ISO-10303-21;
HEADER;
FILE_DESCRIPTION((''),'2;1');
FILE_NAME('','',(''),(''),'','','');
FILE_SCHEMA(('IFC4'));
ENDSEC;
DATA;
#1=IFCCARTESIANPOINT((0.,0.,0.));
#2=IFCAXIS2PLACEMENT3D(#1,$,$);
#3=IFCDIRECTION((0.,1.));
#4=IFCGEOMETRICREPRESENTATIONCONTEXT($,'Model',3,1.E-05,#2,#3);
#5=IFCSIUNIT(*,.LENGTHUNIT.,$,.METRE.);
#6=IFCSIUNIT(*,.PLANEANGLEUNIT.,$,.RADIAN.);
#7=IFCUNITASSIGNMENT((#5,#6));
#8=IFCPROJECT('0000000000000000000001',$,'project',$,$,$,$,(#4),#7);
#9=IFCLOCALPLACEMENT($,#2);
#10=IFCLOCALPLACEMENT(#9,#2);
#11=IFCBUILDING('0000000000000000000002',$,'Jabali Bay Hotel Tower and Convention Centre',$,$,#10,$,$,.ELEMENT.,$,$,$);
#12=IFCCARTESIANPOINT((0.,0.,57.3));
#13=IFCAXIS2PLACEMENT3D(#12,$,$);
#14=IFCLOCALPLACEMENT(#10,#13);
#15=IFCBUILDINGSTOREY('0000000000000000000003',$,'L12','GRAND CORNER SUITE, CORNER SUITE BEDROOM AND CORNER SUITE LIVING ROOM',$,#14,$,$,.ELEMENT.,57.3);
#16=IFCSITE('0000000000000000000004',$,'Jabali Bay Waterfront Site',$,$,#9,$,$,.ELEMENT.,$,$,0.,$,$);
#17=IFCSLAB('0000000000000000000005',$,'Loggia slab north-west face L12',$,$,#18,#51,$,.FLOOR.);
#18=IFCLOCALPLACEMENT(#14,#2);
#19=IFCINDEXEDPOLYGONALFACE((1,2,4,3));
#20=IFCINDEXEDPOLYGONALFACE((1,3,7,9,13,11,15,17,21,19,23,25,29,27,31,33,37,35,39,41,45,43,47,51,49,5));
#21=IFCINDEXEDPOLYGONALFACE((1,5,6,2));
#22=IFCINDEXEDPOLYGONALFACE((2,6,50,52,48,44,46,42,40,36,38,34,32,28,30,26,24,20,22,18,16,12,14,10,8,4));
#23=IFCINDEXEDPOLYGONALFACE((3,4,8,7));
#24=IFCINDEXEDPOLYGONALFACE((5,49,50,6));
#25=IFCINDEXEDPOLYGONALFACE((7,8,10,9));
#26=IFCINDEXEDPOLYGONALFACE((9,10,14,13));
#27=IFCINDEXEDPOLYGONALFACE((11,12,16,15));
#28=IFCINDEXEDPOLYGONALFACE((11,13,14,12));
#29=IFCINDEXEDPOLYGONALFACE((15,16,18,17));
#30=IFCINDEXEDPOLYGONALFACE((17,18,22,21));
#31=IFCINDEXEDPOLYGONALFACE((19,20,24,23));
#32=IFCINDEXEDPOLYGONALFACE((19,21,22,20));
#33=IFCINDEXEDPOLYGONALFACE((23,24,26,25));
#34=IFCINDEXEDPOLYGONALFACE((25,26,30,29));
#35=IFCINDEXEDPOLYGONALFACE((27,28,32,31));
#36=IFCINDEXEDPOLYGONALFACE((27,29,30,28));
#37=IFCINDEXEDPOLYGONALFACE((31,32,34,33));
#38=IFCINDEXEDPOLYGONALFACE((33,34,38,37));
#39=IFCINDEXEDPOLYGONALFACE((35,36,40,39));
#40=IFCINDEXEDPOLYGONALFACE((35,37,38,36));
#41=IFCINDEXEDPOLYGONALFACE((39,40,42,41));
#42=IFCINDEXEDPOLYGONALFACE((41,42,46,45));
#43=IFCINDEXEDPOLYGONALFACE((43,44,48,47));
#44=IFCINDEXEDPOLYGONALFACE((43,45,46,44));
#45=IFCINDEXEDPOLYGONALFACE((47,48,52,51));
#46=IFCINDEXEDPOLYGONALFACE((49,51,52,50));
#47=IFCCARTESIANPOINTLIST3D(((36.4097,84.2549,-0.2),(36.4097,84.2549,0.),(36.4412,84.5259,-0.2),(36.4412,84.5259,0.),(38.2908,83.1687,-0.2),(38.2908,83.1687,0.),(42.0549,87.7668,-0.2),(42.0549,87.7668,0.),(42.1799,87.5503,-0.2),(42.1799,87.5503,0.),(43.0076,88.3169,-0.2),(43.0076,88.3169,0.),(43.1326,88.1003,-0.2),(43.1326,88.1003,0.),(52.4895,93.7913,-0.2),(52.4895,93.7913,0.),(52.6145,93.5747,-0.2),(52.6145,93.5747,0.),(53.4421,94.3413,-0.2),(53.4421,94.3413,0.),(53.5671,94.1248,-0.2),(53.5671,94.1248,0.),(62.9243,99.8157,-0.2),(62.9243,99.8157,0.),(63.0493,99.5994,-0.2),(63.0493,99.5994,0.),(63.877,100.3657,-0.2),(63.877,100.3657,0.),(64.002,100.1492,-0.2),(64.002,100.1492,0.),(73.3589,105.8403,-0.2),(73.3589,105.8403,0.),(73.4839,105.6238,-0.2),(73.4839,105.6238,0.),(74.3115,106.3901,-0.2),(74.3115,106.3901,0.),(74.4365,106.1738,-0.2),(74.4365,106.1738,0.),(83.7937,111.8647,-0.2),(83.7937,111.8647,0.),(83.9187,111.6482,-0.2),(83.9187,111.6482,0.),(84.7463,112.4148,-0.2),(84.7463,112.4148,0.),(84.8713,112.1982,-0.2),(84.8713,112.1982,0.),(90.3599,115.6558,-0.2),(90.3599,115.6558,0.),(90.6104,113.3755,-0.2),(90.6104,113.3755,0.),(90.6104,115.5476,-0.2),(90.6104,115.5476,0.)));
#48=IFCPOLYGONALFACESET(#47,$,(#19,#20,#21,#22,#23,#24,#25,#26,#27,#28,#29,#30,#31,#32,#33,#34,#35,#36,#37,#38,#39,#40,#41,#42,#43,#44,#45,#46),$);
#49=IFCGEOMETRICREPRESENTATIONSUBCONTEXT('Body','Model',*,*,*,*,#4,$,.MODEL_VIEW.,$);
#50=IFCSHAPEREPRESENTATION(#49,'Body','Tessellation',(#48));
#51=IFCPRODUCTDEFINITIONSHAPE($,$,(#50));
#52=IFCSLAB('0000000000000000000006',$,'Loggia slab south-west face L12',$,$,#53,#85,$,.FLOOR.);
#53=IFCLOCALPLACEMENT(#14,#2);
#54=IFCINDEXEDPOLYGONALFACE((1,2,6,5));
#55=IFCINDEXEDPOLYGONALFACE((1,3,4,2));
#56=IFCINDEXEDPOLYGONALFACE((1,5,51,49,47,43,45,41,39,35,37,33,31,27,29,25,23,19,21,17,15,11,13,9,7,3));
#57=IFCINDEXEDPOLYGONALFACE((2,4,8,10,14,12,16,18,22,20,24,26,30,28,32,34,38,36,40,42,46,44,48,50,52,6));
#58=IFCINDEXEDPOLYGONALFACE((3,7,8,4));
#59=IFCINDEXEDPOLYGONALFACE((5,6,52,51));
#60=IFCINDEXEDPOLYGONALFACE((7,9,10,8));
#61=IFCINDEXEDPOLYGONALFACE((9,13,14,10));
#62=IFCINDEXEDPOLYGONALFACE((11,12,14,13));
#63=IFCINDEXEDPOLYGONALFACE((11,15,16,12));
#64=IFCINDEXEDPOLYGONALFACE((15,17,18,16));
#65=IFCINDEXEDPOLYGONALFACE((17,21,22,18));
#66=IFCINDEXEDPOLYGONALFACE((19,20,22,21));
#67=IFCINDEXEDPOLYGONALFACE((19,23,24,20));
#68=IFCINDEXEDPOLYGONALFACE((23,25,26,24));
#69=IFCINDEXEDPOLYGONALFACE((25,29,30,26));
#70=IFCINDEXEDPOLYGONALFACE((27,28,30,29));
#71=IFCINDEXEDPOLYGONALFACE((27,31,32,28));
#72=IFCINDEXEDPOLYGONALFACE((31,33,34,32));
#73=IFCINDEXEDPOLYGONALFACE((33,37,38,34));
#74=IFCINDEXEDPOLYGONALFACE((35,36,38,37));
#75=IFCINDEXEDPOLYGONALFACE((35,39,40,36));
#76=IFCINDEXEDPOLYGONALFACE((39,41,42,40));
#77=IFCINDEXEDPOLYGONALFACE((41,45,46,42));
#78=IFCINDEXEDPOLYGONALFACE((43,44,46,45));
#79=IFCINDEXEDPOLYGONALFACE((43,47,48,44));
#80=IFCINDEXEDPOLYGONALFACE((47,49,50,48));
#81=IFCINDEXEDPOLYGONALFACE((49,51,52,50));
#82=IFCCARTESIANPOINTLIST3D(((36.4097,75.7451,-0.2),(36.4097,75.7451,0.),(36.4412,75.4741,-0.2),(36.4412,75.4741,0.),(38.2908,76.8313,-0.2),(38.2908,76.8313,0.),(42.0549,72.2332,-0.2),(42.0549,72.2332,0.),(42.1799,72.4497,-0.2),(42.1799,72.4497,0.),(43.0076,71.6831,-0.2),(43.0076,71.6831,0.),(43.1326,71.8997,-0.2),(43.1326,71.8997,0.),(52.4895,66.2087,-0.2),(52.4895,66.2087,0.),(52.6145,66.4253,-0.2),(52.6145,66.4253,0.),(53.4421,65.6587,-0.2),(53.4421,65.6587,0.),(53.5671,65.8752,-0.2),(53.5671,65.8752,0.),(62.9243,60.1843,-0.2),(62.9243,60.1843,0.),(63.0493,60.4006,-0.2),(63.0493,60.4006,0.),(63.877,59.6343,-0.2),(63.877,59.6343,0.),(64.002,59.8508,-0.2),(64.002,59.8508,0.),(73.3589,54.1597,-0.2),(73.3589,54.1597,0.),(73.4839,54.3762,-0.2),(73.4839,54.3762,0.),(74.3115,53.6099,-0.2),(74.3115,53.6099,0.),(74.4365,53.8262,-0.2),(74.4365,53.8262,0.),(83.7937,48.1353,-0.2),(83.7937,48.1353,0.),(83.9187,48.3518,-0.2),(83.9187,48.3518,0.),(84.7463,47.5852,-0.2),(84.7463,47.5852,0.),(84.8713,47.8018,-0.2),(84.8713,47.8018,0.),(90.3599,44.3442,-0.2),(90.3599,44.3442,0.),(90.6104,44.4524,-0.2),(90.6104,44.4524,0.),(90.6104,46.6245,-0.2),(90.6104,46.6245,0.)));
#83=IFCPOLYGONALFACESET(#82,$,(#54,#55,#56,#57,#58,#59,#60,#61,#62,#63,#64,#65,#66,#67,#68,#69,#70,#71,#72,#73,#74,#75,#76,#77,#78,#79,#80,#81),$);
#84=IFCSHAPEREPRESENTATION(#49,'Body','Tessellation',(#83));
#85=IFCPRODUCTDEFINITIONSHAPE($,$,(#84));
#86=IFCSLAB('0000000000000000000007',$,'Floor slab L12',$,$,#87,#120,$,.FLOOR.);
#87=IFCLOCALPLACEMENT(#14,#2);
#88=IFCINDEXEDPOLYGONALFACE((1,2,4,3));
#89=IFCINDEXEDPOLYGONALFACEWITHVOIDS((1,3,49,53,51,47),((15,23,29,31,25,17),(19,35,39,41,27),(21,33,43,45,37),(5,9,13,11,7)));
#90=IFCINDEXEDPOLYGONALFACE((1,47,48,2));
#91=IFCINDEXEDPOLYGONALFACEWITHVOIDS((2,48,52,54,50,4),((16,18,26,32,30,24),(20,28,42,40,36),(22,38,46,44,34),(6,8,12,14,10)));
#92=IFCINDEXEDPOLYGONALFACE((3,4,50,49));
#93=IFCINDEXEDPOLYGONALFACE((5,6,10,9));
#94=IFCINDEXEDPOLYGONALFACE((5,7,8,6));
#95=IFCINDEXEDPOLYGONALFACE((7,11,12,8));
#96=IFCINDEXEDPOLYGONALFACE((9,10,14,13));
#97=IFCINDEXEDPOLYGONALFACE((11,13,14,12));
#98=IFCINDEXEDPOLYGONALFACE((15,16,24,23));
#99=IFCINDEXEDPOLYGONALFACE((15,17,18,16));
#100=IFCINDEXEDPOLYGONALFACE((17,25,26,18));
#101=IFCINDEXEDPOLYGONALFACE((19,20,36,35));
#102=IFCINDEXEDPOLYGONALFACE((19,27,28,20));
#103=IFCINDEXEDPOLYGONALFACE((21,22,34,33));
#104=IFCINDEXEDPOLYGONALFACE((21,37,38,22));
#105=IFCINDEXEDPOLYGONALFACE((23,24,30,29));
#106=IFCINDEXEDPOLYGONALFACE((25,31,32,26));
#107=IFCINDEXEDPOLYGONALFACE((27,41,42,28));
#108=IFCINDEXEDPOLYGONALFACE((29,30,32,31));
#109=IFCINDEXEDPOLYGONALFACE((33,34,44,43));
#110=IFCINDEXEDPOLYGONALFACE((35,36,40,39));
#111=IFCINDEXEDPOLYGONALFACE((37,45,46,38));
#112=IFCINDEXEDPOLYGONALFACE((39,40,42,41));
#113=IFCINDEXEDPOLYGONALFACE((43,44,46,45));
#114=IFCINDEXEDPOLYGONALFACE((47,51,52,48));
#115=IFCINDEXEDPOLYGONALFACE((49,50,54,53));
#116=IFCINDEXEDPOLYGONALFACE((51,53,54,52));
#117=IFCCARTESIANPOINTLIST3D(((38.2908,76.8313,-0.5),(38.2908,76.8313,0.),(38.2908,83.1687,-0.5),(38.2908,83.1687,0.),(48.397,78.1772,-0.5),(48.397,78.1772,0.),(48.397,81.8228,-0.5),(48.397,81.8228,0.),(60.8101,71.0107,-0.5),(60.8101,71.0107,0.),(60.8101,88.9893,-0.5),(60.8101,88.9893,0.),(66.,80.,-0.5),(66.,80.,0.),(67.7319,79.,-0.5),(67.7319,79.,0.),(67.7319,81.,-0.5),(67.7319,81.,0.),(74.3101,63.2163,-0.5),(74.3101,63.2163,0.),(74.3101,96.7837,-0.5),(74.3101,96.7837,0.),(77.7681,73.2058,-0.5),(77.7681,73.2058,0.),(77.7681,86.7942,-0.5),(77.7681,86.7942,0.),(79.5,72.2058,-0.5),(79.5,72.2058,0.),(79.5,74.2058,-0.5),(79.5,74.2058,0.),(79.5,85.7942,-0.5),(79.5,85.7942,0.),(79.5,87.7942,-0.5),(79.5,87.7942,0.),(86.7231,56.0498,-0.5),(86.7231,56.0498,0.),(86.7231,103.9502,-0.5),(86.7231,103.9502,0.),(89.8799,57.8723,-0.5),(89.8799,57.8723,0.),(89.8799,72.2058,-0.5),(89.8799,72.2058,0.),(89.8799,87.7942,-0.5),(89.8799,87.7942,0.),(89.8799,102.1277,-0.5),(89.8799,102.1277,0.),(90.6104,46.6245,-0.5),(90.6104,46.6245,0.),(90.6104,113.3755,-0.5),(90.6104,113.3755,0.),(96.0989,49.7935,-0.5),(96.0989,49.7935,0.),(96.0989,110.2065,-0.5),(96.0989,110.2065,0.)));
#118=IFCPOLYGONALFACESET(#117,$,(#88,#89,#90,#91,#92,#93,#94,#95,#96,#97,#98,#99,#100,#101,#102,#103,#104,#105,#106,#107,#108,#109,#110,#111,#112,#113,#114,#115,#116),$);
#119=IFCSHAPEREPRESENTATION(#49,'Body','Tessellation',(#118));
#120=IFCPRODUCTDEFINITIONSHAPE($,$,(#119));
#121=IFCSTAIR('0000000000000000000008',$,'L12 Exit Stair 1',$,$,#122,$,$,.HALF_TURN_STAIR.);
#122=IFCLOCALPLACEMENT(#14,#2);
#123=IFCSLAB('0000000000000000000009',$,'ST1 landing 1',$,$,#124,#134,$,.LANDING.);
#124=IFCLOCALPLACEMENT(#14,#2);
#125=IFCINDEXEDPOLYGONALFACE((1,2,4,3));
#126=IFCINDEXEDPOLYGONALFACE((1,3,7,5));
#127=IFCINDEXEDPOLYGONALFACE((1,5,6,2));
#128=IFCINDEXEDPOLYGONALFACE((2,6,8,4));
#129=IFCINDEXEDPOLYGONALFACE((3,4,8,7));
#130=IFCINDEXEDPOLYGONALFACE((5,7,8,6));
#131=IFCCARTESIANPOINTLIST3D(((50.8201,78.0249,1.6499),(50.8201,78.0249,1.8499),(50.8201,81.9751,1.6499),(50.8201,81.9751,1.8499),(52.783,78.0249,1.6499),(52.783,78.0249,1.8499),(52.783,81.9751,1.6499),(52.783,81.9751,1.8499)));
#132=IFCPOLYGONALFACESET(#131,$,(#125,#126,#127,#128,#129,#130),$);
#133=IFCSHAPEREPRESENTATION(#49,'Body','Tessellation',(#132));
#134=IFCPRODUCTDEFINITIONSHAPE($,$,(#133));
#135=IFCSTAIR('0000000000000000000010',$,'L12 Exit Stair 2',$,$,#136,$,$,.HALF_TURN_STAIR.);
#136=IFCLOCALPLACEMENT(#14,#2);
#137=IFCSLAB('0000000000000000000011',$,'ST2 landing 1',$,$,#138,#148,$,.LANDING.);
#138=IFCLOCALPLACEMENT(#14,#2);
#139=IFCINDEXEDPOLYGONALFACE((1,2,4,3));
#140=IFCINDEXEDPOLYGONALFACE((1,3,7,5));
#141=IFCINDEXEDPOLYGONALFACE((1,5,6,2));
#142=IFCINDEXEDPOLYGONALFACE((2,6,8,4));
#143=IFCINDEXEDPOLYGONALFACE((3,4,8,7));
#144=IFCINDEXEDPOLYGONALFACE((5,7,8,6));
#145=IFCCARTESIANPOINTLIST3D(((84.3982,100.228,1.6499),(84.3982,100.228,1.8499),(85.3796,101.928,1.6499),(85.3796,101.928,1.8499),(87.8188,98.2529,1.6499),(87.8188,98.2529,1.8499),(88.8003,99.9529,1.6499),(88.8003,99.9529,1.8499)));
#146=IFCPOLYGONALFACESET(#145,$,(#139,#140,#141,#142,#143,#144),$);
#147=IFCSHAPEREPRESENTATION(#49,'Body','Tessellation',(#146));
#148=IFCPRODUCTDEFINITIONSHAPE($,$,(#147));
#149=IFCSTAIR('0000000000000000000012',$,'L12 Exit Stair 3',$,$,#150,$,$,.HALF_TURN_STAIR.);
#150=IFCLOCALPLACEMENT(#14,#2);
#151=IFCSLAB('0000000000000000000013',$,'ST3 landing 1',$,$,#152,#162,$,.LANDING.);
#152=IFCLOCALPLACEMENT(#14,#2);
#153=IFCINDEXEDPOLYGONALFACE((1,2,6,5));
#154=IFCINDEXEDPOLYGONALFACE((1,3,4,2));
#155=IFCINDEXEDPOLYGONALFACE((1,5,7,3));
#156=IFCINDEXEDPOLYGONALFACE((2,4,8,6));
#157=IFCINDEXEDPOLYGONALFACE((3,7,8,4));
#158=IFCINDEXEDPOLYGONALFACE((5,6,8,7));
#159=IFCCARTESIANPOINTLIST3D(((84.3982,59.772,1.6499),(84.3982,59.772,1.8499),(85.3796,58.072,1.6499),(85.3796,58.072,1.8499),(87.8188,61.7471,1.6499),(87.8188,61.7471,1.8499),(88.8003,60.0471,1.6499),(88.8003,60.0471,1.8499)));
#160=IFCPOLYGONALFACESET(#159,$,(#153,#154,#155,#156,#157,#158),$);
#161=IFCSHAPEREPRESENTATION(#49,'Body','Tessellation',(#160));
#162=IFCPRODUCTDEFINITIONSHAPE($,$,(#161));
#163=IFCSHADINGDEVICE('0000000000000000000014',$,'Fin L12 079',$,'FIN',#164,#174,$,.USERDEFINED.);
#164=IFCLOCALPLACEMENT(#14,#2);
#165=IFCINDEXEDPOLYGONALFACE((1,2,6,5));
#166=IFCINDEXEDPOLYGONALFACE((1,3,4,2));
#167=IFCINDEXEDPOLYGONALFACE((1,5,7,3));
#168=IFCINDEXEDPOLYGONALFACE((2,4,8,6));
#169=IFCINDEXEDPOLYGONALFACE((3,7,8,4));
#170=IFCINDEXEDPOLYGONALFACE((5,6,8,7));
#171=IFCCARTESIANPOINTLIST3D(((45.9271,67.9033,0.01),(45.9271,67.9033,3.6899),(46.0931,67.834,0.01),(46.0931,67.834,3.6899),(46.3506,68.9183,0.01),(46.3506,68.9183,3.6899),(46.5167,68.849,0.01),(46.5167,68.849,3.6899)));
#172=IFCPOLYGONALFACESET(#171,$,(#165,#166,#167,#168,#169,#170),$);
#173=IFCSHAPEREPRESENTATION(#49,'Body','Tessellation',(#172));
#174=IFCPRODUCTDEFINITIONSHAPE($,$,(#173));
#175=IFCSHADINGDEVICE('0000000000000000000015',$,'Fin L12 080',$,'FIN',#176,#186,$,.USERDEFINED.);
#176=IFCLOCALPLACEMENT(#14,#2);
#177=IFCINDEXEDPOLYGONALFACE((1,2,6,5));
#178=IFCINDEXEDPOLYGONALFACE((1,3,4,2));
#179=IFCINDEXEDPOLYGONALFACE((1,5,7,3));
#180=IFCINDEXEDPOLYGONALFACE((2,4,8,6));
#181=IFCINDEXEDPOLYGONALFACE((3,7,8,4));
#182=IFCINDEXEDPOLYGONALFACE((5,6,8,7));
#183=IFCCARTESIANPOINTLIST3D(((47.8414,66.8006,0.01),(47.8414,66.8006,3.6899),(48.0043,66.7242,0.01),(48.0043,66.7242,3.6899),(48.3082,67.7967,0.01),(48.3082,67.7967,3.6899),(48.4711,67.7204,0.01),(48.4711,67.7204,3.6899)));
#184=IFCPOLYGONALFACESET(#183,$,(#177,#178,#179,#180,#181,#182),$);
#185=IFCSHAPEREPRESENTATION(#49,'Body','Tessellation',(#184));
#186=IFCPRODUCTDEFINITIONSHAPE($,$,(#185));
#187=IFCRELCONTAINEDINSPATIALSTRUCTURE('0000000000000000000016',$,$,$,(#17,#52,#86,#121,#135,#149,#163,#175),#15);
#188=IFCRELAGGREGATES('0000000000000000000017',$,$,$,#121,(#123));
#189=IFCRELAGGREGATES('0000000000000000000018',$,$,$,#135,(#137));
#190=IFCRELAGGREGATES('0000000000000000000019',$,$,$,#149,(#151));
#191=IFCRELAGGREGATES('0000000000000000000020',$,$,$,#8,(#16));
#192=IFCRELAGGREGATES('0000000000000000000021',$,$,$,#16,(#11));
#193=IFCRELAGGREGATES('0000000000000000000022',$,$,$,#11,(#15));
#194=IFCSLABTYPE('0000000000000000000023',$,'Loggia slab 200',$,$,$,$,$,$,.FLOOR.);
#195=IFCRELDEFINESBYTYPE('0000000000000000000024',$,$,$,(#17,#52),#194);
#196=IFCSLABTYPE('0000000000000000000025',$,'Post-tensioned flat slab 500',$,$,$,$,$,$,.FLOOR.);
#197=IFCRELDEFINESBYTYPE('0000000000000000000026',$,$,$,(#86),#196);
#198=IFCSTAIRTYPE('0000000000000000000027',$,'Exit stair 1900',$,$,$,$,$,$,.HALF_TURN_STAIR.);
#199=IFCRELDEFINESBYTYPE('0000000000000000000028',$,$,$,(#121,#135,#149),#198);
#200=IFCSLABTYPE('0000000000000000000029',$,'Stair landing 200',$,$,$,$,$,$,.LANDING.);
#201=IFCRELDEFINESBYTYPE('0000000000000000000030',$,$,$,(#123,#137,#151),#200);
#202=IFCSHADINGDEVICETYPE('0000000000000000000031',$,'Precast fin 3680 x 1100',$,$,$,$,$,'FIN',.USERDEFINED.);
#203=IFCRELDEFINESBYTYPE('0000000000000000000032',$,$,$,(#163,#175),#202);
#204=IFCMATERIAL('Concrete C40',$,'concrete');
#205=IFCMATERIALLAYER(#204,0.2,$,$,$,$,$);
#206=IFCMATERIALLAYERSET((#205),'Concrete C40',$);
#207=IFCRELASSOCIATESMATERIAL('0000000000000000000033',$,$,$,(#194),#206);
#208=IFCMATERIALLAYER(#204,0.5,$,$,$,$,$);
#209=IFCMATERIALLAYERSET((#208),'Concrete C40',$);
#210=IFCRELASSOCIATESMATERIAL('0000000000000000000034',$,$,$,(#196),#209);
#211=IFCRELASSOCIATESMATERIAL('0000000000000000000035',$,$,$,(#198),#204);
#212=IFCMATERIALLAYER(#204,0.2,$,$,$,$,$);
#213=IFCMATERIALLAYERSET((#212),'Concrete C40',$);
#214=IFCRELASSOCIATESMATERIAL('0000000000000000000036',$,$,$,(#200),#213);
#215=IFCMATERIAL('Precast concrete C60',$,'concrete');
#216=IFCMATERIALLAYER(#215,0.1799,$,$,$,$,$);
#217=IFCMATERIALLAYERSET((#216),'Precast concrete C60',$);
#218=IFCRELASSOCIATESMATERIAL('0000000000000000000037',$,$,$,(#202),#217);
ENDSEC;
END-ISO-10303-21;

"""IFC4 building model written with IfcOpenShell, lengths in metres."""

from ifc_helpers import new_model, si_unit, direction, frame, frame_2d, origin, place, context, subcontext, project, spatial, polyline, rectangle, outline, extrude, material, layer, layer_set, type_object, element, aggregate, save


model = new_model("IFC4")

# Units and contexts
model_context = context("Model", 3, precision=1e-05, world=origin(), true_north=direction((0.0, 1.0)))
body_context = subcontext(model_context, "Body", "Model", "MODEL_VIEW")
ifc_project = project(units=[si_unit("LENGTHUNIT", "METRE"), si_unit("PLANEANGLEUNIT", "RADIAN")], contexts=[model_context])

# Site, building, storey
site_placement = place(None, origin())
site = spatial("IfcSite", under=ifc_project, at=site_placement, Name="Jabali Bay Waterfront Site", CompositionType="ELEMENT", RefElevation=0.0)
building_placement = place(site_placement, origin())
building = spatial("IfcBuilding", under=site, at=building_placement, Name="Jabali Bay Hotel Tower and Convention Centre", CompositionType="ELEMENT")
storey_placement = place(building_placement, frame((0.0, 0.0, 57.3)))
storey = spatial("IfcBuildingStorey", under=building, at=storey_placement, Name="L12", Description="GRAND CORNER SUITE, CORNER SUITE BEDROOM AND CORNER SUITE LIVING ROOM", CompositionType="ELEMENT", Elevation=57.3)

# Slabs
ifc_material_1 = material(Name="Concrete C40", Category="concrete")
ifc_layer_1 = layer(ifc_material_1, 0.2)
ifc_layer_set_1 = layer_set([ifc_layer_1], Name="Concrete C40")
slab_type_1 = type_object("IfcSlabType", Name="Loggia slab 200", PredefinedType="FLOOR", material=ifc_layer_set_1)
slab_1_placement = place(storey_placement, frame((0.0, 0.0, -0.2)))
element("IfcSlab", 1, at=slab_1_placement, inside=storey, type_object=slab_type_1, Name="Loggia slab north-west face L12", PredefinedType="FLOOR", context=body_context, shape_type="SweptSolid", body=[
    extrude(outline(polyline([(38.2908, 83.1687), (36.4097, 84.2549), (36.4412, 84.5259), (42.0549, 87.7668), (42.1799, 87.5503), (43.1326, 88.1003), (43.0076, 88.3169), (52.4895, 93.7913), (52.6145, 93.5747), (53.5671, 94.1248), (53.4421, 94.3413), (62.9243, 99.8157), (63.0493, 99.5994), (64.002, 100.1492), (63.877, 100.3657), (73.3589, 105.8403), (73.4839, 105.6238), (74.4365, 106.1738), (74.3115, 106.3901), (83.7937, 111.8647), (83.9187, 111.6482), (84.8713, 112.1982), (84.7463, 112.4148), (90.3599, 115.6558), (90.6104, 115.5476), (90.6104, 113.3755), (38.2908, 83.1687)])), origin(), (0.0, 0.0, 1.0), 0.2),
])
slab_2_placement = place(storey_placement, frame((0.0, 0.0, -0.2)))
element("IfcSlab", 2, at=slab_2_placement, inside=storey, type_object=slab_type_1, Name="Loggia slab south-west face L12", PredefinedType="FLOOR", context=body_context, shape_type="SweptSolid", body=[
    extrude(outline(polyline([(90.6104, 46.6245), (90.6104, 44.4524), (90.3599, 44.3442), (84.7463, 47.5852), (84.8713, 47.8018), (83.9187, 48.3518), (83.7937, 48.1353), (74.3115, 53.6099), (74.4365, 53.8262), (73.4839, 54.3762), (73.3589, 54.1597), (63.877, 59.6343), (64.002, 59.8508), (63.0493, 60.4006), (62.9243, 60.1843), (53.4421, 65.6587), (53.5671, 65.8752), (52.6145, 66.4253), (52.4895, 66.2087), (43.0076, 71.6831), (43.1326, 71.8997), (42.1799, 72.4497), (42.0549, 72.2332), (36.4412, 75.4741), (36.4097, 75.7451), (38.2908, 76.8313), (90.6104, 46.6245)])), origin(), (0.0, 0.0, 1.0), 0.2),
])
ifc_layer_2 = layer(ifc_material_1, 0.5)
ifc_layer_set_2 = layer_set([ifc_layer_2], Name="Concrete C40")
slab_type_2 = type_object("IfcSlabType", Name="Post-tensioned flat slab 500", PredefinedType="FLOOR", material=ifc_layer_set_2)
slab_3_placement = place(storey_placement, frame((0.0, 0.0, -0.5)))
element("IfcSlab", 3, at=slab_3_placement, inside=storey, type_object=slab_type_2, Name="Floor slab L12", PredefinedType="FLOOR", context=body_context, shape_type="SweptSolid", body=[
    extrude(outline(polyline([(90.6104, 113.3755), (96.0989, 110.2065), (96.0989, 49.7935), (90.6104, 46.6245), (38.2908, 76.8313), (38.2908, 83.1687), (90.6104, 113.3755)]), holes=[polyline([(67.7319, 79.0), (77.7681, 73.2058), (79.5, 74.2058), (79.5, 85.7942), (77.7681, 86.7942), (67.7319, 81.0), (67.7319, 79.0)]), polyline([(48.397, 78.1772), (60.8101, 71.0107), (66.0, 80.0), (60.8101, 88.9893), (48.397, 81.8228), (48.397, 78.1772)]), polyline([(89.8799, 102.1277), (86.7231, 103.9502), (74.3101, 96.7837), (79.5, 87.7942), (89.8799, 87.7942), (89.8799, 102.1277)]), polyline([(74.3101, 63.2163), (86.7231, 56.0498), (89.8799, 57.8723), (89.8799, 72.2058), (79.5, 72.2058), (74.3101, 63.2163)])]), origin(), (0.0, 0.0, 1.0), 0.5),
])

# Stairs, slabs
stair_type = type_object("IfcStairType", Name="Exit stair 1900", PredefinedType="HALF_TURN_STAIR", material=ifc_material_1)
stair_1_placement = place(storey_placement, origin())
stair_1 = element("IfcStair", 4, at=stair_1_placement, inside=storey, type_object=stair_type, Name="L12 Exit Stair 1", PredefinedType="HALF_TURN_STAIR")
ifc_layer_3 = layer(ifc_material_1, 0.2)
ifc_layer_set_3 = layer_set([ifc_layer_3], Name="Concrete C40")
slab_type_3 = type_object("IfcSlabType", Name="Stair landing 200", PredefinedType="LANDING", material=ifc_layer_set_3)
slab_4_placement = place(storey_placement, frame((0.0, 0.0, 1.6499)))
slab_4 = element("IfcSlab", 5, at=slab_4_placement, type_object=slab_type_3, Name="ST1 landing 1", PredefinedType="LANDING", context=body_context, shape_type="SweptSolid", body=[
    extrude(outline(polyline([(52.783, 81.9751), (50.8201, 81.9751), (50.8201, 78.0249), (52.783, 78.0249), (52.783, 81.9751)])), origin(), (0.0, 0.0, 1.0), 0.2),
])
aggregate(stair_1, [slab_4])
stair_2_placement = place(storey_placement, origin())
stair_2 = element("IfcStair", 6, at=stair_2_placement, inside=storey, type_object=stair_type, Name="L12 Exit Stair 2", PredefinedType="HALF_TURN_STAIR")
slab_5_placement = place(storey_placement, frame((0.0, 0.0, 1.6499)))
slab_5 = element("IfcSlab", 7, at=slab_5_placement, type_object=slab_type_3, Name="ST2 landing 1", PredefinedType="LANDING", context=body_context, shape_type="SweptSolid", body=[
    extrude(outline(polyline([(87.8188, 98.2529), (88.8003, 99.9529), (85.3796, 101.928), (84.3982, 100.228), (87.8188, 98.2529)])), origin(), (0.0, 0.0, 1.0), 0.2),
])
aggregate(stair_2, [slab_5])
stair_3_placement = place(storey_placement, origin())
stair_3 = element("IfcStair", 8, at=stair_3_placement, inside=storey, type_object=stair_type, Name="L12 Exit Stair 3", PredefinedType="HALF_TURN_STAIR")
slab_6_placement = place(storey_placement, frame((0.0, 0.0, 1.6499)))
slab_6 = element("IfcSlab", 9, at=slab_6_placement, type_object=slab_type_3, Name="ST3 landing 1", PredefinedType="LANDING", context=body_context, shape_type="SweptSolid", body=[
    extrude(outline(polyline([(84.3982, 59.772), (85.3796, 58.072), (88.8003, 60.0471), (87.8188, 61.7471), (84.3982, 59.772)])), origin(), (0.0, 0.0, 1.0), 0.2),
])
aggregate(stair_3, [slab_6])

# Shading devices
ifc_material_2 = material(Name="Precast concrete C60", Category="concrete")
ifc_layer_4 = layer(ifc_material_2, 0.1799)
ifc_layer_set_4 = layer_set([ifc_layer_4], Name="Precast concrete C60")
shading_device_type = type_object("IfcShadingDeviceType", Name="Precast fin 3680 x 1100", ElementType="FIN", PredefinedType="USERDEFINED", material=ifc_layer_set_4)
shading_device_1_placement = place(storey_placement, frame((46.4336, 68.8835, 0.01), z_axis=(0.0, 0.0, 1.0), x_axis=(-0.385088, -0.92288, 0.0)))
element("IfcShadingDevice", 10, at=shading_device_1_placement, inside=storey, type_object=shading_device_type, Name="Fin L12 079", ObjectType="FIN", PredefinedType="USERDEFINED", context=body_context, shape_type="SweptSolid", body=[
    extrude(rectangle(XDim=1.0999, YDim=0.1799, at=frame_2d((0.5498, 0.0))), origin(), (0.0, 0.0, 1.0), 3.6799),
])
shading_device_2_placement = place(storey_placement, frame((48.3896, 67.7585, 0.01), z_axis=(0.0, 0.0, 1.0), x_axis=(-0.424343, -0.905502, 0.0)))
element("IfcShadingDevice", 11, at=shading_device_2_placement, inside=storey, type_object=shading_device_type, Name="Fin L12 080", ObjectType="FIN", PredefinedType="USERDEFINED", context=body_context, shape_type="SweptSolid", body=[
    extrude(rectangle(XDim=1.1001, YDim=0.1799, at=frame_2d((0.55, 0.0))), origin(), (0.0, 0.0, 1.0), 3.6799),
])

save(model, "model.ifc")
